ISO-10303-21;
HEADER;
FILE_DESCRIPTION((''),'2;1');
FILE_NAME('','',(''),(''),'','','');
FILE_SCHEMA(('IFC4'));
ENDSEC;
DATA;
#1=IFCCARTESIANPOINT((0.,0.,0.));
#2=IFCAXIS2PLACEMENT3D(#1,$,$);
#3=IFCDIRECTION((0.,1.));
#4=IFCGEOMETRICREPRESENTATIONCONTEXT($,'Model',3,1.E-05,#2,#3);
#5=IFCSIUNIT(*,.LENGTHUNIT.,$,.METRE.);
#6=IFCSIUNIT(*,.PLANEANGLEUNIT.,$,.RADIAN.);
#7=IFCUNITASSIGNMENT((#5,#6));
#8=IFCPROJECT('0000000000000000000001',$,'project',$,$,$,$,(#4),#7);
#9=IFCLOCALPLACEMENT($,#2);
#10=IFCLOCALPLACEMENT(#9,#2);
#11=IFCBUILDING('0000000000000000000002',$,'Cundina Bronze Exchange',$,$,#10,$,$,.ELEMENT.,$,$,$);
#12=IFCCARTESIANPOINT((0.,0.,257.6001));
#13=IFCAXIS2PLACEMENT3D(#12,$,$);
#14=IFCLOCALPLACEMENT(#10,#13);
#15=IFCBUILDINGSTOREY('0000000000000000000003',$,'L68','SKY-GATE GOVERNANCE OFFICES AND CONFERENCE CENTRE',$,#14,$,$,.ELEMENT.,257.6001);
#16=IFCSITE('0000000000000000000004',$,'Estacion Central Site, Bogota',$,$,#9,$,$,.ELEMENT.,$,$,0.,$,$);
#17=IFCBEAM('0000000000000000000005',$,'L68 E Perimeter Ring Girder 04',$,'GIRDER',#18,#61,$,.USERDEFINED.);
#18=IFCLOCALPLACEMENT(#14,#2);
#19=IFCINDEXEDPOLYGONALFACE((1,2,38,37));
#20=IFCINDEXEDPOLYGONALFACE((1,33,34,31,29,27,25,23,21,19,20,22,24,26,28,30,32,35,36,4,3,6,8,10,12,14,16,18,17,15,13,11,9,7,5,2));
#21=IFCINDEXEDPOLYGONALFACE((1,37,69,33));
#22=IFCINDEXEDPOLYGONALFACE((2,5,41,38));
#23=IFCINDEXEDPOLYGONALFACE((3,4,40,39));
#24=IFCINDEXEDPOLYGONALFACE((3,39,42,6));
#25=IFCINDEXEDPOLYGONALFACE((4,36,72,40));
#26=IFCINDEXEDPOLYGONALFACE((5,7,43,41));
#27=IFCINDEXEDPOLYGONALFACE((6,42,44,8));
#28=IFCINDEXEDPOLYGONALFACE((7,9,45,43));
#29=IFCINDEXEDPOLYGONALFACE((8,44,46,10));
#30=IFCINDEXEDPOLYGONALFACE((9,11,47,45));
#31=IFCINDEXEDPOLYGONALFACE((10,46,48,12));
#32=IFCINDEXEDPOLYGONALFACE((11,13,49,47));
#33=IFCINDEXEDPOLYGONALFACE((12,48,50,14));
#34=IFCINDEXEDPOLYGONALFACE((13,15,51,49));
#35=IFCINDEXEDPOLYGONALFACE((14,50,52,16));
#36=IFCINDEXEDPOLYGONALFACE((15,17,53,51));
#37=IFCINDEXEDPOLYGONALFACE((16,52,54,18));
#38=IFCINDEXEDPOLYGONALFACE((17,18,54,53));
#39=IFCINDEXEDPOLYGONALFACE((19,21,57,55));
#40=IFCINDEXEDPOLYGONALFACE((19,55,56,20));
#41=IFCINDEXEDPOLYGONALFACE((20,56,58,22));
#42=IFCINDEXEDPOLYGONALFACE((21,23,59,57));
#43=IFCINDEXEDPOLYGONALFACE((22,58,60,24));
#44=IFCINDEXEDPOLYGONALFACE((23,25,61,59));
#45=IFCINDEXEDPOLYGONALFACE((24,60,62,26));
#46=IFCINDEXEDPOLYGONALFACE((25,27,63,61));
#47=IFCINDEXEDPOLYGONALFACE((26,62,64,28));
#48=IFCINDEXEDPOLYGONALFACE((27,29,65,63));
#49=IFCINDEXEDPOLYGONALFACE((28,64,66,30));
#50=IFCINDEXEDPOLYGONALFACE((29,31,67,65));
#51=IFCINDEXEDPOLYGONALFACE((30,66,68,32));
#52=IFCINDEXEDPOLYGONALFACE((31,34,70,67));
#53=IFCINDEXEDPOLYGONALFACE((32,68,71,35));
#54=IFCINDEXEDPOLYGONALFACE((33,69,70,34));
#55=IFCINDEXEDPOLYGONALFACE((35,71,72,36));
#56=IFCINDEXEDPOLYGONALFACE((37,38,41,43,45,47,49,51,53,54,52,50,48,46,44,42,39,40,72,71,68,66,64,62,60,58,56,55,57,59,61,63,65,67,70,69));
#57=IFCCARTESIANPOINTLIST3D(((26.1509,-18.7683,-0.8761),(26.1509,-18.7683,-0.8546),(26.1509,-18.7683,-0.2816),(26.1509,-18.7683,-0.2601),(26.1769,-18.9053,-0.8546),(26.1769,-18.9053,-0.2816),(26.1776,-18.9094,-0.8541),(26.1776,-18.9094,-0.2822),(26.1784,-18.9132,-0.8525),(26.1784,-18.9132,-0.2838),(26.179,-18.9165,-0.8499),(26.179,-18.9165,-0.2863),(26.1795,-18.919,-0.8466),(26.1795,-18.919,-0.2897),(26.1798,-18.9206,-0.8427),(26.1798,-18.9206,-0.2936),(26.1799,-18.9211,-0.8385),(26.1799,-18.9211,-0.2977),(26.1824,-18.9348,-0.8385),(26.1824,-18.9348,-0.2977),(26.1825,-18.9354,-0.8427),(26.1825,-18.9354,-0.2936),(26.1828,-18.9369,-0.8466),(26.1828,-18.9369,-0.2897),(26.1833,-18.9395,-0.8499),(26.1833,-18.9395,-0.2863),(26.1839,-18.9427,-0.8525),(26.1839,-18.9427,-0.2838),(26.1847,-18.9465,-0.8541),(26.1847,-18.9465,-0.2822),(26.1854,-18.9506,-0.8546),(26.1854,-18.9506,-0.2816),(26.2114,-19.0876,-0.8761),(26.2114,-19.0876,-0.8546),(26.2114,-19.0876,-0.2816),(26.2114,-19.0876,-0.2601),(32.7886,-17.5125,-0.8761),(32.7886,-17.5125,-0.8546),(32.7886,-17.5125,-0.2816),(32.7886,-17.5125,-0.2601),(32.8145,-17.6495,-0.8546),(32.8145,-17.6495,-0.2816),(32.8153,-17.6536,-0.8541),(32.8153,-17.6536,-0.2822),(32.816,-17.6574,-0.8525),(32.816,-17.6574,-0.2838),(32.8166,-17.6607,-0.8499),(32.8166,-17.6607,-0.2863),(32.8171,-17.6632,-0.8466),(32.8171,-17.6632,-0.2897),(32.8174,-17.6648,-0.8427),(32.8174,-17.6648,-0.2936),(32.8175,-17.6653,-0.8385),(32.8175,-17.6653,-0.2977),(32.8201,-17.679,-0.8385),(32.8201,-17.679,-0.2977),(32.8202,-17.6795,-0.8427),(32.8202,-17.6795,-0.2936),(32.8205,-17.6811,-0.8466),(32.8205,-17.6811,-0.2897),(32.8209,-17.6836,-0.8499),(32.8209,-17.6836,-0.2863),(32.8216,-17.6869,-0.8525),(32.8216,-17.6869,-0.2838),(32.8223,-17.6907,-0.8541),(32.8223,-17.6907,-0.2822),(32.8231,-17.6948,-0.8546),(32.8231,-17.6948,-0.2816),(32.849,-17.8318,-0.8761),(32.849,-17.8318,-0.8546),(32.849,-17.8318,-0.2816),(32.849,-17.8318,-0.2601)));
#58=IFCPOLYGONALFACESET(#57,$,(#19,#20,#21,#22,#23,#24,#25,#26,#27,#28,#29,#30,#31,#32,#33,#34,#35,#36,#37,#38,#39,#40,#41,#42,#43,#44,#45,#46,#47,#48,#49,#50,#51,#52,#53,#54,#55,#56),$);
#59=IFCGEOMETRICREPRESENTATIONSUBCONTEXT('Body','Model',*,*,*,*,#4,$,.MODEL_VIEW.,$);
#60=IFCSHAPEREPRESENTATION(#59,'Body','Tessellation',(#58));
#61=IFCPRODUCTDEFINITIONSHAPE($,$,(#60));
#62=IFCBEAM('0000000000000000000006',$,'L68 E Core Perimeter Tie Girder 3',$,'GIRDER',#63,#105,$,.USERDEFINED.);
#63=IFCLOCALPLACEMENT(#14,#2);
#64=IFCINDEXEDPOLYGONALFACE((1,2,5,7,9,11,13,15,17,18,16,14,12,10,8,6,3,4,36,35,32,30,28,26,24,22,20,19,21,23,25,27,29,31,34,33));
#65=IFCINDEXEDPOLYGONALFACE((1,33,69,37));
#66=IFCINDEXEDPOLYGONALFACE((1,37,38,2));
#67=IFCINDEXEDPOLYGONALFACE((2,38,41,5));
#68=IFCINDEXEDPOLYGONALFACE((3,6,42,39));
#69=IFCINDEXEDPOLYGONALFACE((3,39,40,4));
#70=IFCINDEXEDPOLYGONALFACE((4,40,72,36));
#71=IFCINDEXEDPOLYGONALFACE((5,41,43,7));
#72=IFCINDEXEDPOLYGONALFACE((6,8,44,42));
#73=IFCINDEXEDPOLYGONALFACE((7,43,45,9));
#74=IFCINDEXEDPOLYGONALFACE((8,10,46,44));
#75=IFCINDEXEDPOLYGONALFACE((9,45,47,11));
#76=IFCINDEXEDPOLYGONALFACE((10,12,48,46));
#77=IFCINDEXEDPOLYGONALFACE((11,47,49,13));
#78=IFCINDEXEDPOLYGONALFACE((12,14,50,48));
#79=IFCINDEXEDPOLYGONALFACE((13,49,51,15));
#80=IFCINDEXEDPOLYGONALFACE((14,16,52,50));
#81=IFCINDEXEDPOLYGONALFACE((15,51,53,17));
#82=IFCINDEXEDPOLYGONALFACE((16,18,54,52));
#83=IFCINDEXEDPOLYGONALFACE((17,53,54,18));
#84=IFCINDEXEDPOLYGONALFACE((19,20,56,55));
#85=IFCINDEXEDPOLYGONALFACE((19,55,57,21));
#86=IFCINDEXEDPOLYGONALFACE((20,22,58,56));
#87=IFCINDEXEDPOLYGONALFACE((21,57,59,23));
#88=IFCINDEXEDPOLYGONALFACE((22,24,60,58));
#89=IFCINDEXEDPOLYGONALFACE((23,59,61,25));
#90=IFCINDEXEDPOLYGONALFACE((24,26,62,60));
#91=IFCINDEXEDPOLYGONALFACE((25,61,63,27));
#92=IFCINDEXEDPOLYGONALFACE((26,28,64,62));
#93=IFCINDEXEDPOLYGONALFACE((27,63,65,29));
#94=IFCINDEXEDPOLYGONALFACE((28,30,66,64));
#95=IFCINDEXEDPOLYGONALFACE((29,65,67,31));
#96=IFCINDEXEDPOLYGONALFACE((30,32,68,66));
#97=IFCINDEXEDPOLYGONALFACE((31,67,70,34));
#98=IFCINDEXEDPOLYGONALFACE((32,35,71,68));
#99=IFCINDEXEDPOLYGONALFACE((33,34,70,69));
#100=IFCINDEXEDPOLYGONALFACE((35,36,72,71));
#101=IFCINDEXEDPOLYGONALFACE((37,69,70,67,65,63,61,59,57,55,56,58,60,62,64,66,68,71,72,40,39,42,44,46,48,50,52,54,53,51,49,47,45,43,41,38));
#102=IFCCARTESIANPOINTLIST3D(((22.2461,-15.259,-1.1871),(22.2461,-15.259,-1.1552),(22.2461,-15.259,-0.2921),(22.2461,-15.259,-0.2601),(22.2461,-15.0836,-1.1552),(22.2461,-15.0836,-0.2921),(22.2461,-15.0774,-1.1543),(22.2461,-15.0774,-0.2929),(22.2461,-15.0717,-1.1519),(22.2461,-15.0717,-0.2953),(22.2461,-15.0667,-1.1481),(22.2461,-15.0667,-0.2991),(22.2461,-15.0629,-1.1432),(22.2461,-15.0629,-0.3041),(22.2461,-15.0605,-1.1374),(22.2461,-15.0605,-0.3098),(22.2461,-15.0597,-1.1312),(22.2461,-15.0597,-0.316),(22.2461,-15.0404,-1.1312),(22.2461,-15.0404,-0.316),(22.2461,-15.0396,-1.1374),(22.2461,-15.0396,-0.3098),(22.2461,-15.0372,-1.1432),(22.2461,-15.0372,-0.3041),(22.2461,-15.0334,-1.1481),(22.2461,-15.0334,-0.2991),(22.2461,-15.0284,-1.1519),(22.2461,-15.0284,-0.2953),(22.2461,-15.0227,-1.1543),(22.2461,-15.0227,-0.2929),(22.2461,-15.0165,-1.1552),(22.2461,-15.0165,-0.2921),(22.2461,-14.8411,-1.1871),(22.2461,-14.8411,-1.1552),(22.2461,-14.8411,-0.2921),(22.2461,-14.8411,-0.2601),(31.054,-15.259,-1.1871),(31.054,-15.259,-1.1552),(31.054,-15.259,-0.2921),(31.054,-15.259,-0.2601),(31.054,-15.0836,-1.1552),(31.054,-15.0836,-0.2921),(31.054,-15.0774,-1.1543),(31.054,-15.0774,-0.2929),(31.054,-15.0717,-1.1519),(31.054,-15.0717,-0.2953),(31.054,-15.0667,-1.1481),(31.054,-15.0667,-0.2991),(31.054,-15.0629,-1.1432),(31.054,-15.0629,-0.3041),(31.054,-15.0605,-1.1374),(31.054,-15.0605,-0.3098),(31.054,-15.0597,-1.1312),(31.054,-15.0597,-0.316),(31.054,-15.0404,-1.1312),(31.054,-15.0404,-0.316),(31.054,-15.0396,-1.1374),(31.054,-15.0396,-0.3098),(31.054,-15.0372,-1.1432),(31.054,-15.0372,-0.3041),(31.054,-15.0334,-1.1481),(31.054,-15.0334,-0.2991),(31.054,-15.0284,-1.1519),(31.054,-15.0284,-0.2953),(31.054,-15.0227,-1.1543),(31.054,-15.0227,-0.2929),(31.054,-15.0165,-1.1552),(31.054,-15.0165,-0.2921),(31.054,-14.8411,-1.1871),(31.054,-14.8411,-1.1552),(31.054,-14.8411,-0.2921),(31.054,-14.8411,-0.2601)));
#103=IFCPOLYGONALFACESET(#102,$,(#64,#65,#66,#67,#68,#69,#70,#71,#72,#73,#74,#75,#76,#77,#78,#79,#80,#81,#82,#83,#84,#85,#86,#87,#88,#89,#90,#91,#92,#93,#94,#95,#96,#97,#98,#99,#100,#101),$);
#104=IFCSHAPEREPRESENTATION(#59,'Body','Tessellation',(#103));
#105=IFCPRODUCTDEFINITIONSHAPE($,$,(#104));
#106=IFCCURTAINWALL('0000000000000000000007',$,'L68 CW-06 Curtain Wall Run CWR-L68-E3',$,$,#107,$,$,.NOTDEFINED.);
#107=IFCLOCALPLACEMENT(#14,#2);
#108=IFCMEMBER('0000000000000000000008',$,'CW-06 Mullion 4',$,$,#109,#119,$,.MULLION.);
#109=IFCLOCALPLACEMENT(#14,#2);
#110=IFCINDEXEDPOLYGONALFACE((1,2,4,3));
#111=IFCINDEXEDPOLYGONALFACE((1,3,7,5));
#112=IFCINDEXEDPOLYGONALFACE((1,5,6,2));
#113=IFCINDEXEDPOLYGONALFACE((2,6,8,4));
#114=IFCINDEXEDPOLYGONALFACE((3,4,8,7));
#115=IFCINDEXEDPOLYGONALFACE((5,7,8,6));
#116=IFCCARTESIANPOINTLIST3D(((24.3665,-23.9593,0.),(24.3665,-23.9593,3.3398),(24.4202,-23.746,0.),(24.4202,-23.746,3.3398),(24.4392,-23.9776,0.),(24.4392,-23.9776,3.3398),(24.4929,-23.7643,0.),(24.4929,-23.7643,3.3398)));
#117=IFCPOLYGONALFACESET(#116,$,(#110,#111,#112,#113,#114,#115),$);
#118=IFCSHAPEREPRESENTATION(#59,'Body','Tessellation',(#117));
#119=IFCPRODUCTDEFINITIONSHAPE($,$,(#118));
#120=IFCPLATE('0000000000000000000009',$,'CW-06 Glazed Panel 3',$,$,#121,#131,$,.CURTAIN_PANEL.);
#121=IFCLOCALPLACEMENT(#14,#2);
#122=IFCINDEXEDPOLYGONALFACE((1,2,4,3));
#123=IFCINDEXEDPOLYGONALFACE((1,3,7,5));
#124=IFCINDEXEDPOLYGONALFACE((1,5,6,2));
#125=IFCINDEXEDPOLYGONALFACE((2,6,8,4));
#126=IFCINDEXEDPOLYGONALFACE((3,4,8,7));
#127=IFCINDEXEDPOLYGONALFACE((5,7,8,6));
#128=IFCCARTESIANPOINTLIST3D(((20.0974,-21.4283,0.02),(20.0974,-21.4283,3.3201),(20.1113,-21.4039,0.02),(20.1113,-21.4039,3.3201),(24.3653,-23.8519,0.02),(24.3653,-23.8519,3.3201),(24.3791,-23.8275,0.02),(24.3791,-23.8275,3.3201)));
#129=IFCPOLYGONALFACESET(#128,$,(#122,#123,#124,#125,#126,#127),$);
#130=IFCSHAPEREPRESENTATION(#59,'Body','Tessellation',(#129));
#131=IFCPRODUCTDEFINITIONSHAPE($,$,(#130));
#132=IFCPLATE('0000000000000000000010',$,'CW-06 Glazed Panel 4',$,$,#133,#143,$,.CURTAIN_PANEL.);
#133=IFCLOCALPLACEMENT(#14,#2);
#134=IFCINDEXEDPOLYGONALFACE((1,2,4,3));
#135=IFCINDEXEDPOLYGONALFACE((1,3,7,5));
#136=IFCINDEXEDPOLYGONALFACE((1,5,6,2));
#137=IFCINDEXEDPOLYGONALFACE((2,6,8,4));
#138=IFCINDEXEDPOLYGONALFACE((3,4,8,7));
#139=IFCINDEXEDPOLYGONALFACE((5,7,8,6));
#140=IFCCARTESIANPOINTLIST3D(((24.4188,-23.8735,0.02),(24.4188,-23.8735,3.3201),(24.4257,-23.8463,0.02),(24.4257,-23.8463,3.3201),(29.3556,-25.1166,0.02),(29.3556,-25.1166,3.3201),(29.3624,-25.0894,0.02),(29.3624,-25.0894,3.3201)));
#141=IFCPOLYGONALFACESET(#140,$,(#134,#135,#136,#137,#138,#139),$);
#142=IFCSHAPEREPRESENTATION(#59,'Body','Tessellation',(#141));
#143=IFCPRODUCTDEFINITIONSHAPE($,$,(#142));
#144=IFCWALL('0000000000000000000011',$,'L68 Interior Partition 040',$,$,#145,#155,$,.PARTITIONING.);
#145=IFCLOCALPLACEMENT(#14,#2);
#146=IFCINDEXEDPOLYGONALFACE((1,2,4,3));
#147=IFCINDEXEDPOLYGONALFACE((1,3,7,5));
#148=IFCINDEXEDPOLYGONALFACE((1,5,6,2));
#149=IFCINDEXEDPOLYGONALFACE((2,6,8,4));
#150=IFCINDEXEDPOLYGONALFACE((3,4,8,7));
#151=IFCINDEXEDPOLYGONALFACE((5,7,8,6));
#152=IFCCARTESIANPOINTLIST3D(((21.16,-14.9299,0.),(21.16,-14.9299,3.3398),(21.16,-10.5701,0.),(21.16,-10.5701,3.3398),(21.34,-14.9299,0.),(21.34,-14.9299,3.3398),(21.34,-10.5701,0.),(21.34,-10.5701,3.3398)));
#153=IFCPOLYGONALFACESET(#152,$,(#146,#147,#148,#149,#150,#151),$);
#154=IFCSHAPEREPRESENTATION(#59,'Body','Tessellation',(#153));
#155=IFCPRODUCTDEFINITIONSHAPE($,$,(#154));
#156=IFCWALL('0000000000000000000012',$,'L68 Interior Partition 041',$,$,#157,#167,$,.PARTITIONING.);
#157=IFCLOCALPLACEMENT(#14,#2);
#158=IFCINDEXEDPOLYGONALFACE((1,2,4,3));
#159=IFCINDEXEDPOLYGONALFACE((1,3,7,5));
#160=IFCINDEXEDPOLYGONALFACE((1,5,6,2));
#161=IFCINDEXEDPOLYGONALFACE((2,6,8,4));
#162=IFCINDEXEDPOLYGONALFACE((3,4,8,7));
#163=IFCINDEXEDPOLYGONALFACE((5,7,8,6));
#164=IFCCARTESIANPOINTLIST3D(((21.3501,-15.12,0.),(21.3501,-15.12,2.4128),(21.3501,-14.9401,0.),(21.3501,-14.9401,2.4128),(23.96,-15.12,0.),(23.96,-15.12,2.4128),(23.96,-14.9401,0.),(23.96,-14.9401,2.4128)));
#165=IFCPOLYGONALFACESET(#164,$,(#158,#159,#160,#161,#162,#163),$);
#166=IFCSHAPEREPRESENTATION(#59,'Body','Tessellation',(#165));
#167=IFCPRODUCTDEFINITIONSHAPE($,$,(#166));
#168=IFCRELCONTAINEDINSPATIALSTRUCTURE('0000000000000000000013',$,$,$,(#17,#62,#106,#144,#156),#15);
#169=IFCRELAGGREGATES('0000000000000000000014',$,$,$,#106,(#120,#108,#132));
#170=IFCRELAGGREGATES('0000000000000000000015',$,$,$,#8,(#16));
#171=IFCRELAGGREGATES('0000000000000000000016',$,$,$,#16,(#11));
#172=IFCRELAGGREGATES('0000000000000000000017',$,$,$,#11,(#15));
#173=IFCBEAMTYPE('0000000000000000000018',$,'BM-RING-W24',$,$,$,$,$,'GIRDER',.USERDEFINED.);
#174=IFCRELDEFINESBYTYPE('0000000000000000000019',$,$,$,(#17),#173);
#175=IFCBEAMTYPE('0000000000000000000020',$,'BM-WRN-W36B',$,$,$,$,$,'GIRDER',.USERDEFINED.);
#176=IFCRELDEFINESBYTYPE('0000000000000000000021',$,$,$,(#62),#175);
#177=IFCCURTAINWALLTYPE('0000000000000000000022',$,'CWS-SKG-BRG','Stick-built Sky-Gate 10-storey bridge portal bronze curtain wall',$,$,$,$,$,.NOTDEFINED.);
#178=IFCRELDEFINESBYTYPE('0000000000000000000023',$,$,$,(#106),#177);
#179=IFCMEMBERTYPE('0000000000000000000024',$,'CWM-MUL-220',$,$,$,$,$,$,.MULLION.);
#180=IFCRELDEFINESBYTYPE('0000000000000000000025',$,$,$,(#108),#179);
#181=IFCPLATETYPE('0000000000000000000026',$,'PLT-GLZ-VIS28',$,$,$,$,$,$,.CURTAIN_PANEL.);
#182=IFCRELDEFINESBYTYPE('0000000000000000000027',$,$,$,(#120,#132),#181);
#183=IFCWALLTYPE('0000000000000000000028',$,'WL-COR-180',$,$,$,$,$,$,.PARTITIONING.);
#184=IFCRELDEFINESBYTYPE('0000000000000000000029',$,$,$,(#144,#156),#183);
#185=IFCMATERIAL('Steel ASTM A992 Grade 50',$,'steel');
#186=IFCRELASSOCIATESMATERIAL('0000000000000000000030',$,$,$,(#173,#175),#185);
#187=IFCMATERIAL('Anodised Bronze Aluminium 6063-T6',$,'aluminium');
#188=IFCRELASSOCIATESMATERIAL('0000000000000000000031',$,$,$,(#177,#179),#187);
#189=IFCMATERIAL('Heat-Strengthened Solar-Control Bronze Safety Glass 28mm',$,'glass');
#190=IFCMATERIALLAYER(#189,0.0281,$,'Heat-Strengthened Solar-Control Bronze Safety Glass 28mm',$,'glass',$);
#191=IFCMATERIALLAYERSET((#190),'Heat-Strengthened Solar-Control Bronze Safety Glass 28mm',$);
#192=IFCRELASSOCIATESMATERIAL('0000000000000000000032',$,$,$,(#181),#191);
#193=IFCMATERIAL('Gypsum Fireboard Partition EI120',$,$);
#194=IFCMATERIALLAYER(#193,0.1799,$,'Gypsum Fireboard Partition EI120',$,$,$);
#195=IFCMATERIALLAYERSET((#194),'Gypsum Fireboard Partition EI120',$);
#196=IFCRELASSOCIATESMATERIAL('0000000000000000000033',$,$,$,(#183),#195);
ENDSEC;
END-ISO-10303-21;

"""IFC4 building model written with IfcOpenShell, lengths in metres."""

from ifc_helpers import new_model, si_unit, direction, frame, frame_2d, origin, origin_2d, place, context, subcontext, project, spatial, rectangle, i_section, extrude, material, layer, layer_set, material_profile, profile_set, type_object, element, aggregate, save


model = new_model("IFC4")

# Units and contexts
model_context = context("Model", 3, precision=1e-05, world=origin(), true_north=direction((0.0, 1.0)))
body_context = subcontext(model_context, "Body", "Model", "MODEL_VIEW")
ifc_project = project(units=[si_unit("LENGTHUNIT", "METRE"), si_unit("PLANEANGLEUNIT", "RADIAN")], contexts=[model_context])

# Site, building, storey
site_placement = place(None, origin())
site = spatial("IfcSite", under=ifc_project, at=site_placement, Name="Estacion Central Site, Bogota", CompositionType="ELEMENT", RefElevation=0.0)
building_placement = place(site_placement, origin())
building = spatial("IfcBuilding", under=site, at=building_placement, Name="Cundina Bronze Exchange", CompositionType="ELEMENT")
storey_placement = place(building_placement, frame((0.0, 0.0, 257.6001)))
storey = spatial("IfcBuildingStorey", under=building, at=storey_placement, Name="L68", Description="SKY-GATE GOVERNANCE OFFICES AND CONFERENCE CENTRE", CompositionType="ELEMENT", Elevation=257.6001)

# Shared definitions
ifc_material_1 = material(Name="Steel ASTM A992 Grade 50", Category="steel")

# Beams
ifc_material_profile_1 = material_profile(ifc_material_1, i_section(OverallWidth=0.325, OverallDepth=0.616, WebThickness=0.0139, FlangeThickness=0.0215, FilletRadius=0.0161, at=origin_2d()), Name="W24X117", Category="steel")
ifc_profile_set_1 = profile_set([ifc_material_profile_1], Name="Steel ASTM A992 Grade 50")
beam_type_1 = type_object("IfcBeamType", Name="BM-RING-W24", ElementType="GIRDER", PredefinedType="USERDEFINED", material=ifc_profile_set_1)
beam_1_placement = place(storey_placement, frame((26.1812, -18.928, -0.5681), z_axis=(0.982568, 0.185903, 0.0), x_axis=(-0.185903, 0.982568, 0.0)))
element("IfcBeam", 1, at=beam_1_placement, inside=storey, type_object=beam_type_1, Name="L68 E Perimeter Ring Girder 04", ObjectType="GIRDER", PredefinedType="USERDEFINED", context=body_context, shape_type="SweptSolid", body=[
    extrude(i_section(OverallWidth=0.325, OverallDepth=0.616, WebThickness=0.0139, FlangeThickness=0.0215, FilletRadius=0.0161, at=origin_2d()), origin(), (0.0, 0.0, 1.0), 6.7554),
])
ifc_material_profile_2 = material_profile(ifc_material_1, i_section(OverallWidth=0.418, OverallDepth=0.927, WebThickness=0.0193, FlangeThickness=0.032, FilletRadius=0.0239, at=origin_2d()), Name="W36X231", Category="steel")
ifc_profile_set_2 = profile_set([ifc_material_profile_2], Name="Steel ASTM A992 Grade 50")
beam_type_2 = type_object("IfcBeamType", Name="BM-WRN-W36B", ElementType="GIRDER", PredefinedType="USERDEFINED", material=ifc_profile_set_2)
beam_2_placement = place(storey_placement, frame((22.2461, -15.05, -0.7236), z_axis=(1.0, 0.0, 0.0), x_axis=(0.0, 1.0, 0.0)))
element("IfcBeam", 2, at=beam_2_placement, inside=storey, type_object=beam_type_2, Name="L68 E Core Perimeter Tie Girder 3", ObjectType="GIRDER", PredefinedType="USERDEFINED", context=body_context, shape_type="SweptSolid", body=[
    extrude(i_section(OverallWidth=0.418, OverallDepth=0.927, WebThickness=0.0193, FlangeThickness=0.032, FilletRadius=0.0239, at=origin_2d()), origin(), (0.0, 0.0, 1.0), 8.8079),
])

# Curtain wall, member, plates
ifc_material_2 = material(Name="Anodised Bronze Aluminium 6063-T6", Category="aluminium")
curtain_wall_type = type_object("IfcCurtainWallType", Name="CWS-SKG-BRG", Description="Stick-built Sky-Gate 10-storey bridge portal bronze curtain wall", PredefinedType="NOTDEFINED", material=ifc_material_2)
curtain_wall_placement = place(storey_placement, origin())
curtain_wall = element("IfcCurtainWall", 3, at=curtain_wall_placement, inside=storey, type_object=curtain_wall_type, Name="L68 CW-06 Curtain Wall Run CWR-L68-E3", PredefinedType="NOTDEFINED")
ifc_material_profile_3 = material_profile(ifc_material_2, rectangle(XDim=0.075, YDim=0.22, at=origin_2d()), Name="AL75X220", Category="aluminium")
ifc_profile_set_3 = profile_set([ifc_material_profile_3], Name="Anodised Bronze Aluminium 6063-T6")
member_type = type_object("IfcMemberType", Name="CWM-MUL-220", PredefinedType="MULLION", material=ifc_profile_set_3)
member_placement = place(storey_placement, frame((24.4297, -23.8618, 0.0), z_axis=(0.0, 0.0, 1.0), x_axis=(0.969744, -0.244123, 0.0)))
member = element("IfcMember", 4, at=member_placement, type_object=member_type, Name="CW-06 Mullion 4", PredefinedType="MULLION", context=body_context, shape_type="SweptSolid", body=[
    extrude(rectangle(XDim=0.075, YDim=0.22, at=origin_2d()), origin(), (0.0, 0.0, 1.0), 3.3398),
])
ifc_material_3 = material(Name="Heat-Strengthened Solar-Control Bronze Safety Glass 28mm", Category="glass")
ifc_layer_1 = layer(ifc_material_3, 0.0281, Name="Heat-Strengthened Solar-Control Bronze Safety Glass 28mm", Category="glass")
ifc_layer_set_1 = layer_set([ifc_layer_1], Name="Heat-Strengthened Solar-Control Bronze Safety Glass 28mm")
plate_type = type_object("IfcPlateType", Name="PLT-GLZ-VIS28", PredefinedType="CURTAIN_PANEL", material=ifc_layer_set_1)
plate_1_placement = place(storey_placement, frame((22.2383, -22.6279, 0.02), z_axis=(0.0, 0.0, 1.0), x_axis=(0.869573, -0.493805, 0.0)))
plate_1 = element("IfcPlate", 5, at=plate_1_placement, type_object=plate_type, Name="CW-06 Glazed Panel 3", PredefinedType="CURTAIN_PANEL", context=body_context, shape_type="SweptSolid", body=[
    extrude(rectangle(XDim=4.908, YDim=0.0281, at=origin_2d()), origin(), (0.0, 0.0, 1.0), 3.3),
])
plate_2_placement = place(storey_placement, frame((26.8906, -24.4814, 0.02), z_axis=(0.0, 0.0, 1.0), x_axis=(0.969732, -0.244174, 0.0)))
plate_2 = element("IfcPlate", 6, at=plate_2_placement, type_object=plate_type, Name="CW-06 Glazed Panel 4", PredefinedType="CURTAIN_PANEL", context=body_context, shape_type="SweptSolid", body=[
    extrude(rectangle(XDim=5.0908, YDim=0.0281, at=origin_2d()), origin(), (0.0, 0.0, 1.0), 3.3),
])
aggregate(curtain_wall, [plate_1, member, plate_2])

# Walls
ifc_material_4 = material(Name="Gypsum Fireboard Partition EI120")
ifc_layer_2 = layer(ifc_material_4, 0.1799, Name="Gypsum Fireboard Partition EI120")
ifc_layer_set_2 = layer_set([ifc_layer_2], Name="Gypsum Fireboard Partition EI120")
wall_type_1 = type_object("IfcWallType", Name="WL-COR-180", PredefinedType="PARTITIONING", material=ifc_layer_set_2)
wall_1_placement = place(storey_placement, frame((21.25, -14.9299, 0.0), z_axis=(0.0, 0.0, 1.0), x_axis=(0.0, 1.0, 0.0)))
element("IfcWall", 7, at=wall_1_placement, inside=storey, type_object=wall_type_1, Name="L68 Interior Partition 040", PredefinedType="PARTITIONING", context=body_context, shape_type="SweptSolid", body=[
    extrude(rectangle(XDim=4.3599, YDim=0.1799, at=frame_2d((2.1799, 0.0))), origin(), (0.0, 0.0, 1.0), 3.3398),
])
wall_2_placement = place(storey_placement, frame((21.3501, -15.03, 0.0), z_axis=(0.0, 0.0, 1.0), x_axis=(1.0, 0.0, 0.0)))
element("IfcWall", 8, at=wall_2_placement, inside=storey, type_object=wall_type_1, Name="L68 Interior Partition 041", PredefinedType="PARTITIONING", context=body_context, shape_type="SweptSolid", body=[
    extrude(rectangle(XDim=2.6099, YDim=0.1799, at=frame_2d((1.3049, 0.0))), origin(), (0.0, 0.0, 1.0), 2.4128),
])

save(model, "model.ifc")
